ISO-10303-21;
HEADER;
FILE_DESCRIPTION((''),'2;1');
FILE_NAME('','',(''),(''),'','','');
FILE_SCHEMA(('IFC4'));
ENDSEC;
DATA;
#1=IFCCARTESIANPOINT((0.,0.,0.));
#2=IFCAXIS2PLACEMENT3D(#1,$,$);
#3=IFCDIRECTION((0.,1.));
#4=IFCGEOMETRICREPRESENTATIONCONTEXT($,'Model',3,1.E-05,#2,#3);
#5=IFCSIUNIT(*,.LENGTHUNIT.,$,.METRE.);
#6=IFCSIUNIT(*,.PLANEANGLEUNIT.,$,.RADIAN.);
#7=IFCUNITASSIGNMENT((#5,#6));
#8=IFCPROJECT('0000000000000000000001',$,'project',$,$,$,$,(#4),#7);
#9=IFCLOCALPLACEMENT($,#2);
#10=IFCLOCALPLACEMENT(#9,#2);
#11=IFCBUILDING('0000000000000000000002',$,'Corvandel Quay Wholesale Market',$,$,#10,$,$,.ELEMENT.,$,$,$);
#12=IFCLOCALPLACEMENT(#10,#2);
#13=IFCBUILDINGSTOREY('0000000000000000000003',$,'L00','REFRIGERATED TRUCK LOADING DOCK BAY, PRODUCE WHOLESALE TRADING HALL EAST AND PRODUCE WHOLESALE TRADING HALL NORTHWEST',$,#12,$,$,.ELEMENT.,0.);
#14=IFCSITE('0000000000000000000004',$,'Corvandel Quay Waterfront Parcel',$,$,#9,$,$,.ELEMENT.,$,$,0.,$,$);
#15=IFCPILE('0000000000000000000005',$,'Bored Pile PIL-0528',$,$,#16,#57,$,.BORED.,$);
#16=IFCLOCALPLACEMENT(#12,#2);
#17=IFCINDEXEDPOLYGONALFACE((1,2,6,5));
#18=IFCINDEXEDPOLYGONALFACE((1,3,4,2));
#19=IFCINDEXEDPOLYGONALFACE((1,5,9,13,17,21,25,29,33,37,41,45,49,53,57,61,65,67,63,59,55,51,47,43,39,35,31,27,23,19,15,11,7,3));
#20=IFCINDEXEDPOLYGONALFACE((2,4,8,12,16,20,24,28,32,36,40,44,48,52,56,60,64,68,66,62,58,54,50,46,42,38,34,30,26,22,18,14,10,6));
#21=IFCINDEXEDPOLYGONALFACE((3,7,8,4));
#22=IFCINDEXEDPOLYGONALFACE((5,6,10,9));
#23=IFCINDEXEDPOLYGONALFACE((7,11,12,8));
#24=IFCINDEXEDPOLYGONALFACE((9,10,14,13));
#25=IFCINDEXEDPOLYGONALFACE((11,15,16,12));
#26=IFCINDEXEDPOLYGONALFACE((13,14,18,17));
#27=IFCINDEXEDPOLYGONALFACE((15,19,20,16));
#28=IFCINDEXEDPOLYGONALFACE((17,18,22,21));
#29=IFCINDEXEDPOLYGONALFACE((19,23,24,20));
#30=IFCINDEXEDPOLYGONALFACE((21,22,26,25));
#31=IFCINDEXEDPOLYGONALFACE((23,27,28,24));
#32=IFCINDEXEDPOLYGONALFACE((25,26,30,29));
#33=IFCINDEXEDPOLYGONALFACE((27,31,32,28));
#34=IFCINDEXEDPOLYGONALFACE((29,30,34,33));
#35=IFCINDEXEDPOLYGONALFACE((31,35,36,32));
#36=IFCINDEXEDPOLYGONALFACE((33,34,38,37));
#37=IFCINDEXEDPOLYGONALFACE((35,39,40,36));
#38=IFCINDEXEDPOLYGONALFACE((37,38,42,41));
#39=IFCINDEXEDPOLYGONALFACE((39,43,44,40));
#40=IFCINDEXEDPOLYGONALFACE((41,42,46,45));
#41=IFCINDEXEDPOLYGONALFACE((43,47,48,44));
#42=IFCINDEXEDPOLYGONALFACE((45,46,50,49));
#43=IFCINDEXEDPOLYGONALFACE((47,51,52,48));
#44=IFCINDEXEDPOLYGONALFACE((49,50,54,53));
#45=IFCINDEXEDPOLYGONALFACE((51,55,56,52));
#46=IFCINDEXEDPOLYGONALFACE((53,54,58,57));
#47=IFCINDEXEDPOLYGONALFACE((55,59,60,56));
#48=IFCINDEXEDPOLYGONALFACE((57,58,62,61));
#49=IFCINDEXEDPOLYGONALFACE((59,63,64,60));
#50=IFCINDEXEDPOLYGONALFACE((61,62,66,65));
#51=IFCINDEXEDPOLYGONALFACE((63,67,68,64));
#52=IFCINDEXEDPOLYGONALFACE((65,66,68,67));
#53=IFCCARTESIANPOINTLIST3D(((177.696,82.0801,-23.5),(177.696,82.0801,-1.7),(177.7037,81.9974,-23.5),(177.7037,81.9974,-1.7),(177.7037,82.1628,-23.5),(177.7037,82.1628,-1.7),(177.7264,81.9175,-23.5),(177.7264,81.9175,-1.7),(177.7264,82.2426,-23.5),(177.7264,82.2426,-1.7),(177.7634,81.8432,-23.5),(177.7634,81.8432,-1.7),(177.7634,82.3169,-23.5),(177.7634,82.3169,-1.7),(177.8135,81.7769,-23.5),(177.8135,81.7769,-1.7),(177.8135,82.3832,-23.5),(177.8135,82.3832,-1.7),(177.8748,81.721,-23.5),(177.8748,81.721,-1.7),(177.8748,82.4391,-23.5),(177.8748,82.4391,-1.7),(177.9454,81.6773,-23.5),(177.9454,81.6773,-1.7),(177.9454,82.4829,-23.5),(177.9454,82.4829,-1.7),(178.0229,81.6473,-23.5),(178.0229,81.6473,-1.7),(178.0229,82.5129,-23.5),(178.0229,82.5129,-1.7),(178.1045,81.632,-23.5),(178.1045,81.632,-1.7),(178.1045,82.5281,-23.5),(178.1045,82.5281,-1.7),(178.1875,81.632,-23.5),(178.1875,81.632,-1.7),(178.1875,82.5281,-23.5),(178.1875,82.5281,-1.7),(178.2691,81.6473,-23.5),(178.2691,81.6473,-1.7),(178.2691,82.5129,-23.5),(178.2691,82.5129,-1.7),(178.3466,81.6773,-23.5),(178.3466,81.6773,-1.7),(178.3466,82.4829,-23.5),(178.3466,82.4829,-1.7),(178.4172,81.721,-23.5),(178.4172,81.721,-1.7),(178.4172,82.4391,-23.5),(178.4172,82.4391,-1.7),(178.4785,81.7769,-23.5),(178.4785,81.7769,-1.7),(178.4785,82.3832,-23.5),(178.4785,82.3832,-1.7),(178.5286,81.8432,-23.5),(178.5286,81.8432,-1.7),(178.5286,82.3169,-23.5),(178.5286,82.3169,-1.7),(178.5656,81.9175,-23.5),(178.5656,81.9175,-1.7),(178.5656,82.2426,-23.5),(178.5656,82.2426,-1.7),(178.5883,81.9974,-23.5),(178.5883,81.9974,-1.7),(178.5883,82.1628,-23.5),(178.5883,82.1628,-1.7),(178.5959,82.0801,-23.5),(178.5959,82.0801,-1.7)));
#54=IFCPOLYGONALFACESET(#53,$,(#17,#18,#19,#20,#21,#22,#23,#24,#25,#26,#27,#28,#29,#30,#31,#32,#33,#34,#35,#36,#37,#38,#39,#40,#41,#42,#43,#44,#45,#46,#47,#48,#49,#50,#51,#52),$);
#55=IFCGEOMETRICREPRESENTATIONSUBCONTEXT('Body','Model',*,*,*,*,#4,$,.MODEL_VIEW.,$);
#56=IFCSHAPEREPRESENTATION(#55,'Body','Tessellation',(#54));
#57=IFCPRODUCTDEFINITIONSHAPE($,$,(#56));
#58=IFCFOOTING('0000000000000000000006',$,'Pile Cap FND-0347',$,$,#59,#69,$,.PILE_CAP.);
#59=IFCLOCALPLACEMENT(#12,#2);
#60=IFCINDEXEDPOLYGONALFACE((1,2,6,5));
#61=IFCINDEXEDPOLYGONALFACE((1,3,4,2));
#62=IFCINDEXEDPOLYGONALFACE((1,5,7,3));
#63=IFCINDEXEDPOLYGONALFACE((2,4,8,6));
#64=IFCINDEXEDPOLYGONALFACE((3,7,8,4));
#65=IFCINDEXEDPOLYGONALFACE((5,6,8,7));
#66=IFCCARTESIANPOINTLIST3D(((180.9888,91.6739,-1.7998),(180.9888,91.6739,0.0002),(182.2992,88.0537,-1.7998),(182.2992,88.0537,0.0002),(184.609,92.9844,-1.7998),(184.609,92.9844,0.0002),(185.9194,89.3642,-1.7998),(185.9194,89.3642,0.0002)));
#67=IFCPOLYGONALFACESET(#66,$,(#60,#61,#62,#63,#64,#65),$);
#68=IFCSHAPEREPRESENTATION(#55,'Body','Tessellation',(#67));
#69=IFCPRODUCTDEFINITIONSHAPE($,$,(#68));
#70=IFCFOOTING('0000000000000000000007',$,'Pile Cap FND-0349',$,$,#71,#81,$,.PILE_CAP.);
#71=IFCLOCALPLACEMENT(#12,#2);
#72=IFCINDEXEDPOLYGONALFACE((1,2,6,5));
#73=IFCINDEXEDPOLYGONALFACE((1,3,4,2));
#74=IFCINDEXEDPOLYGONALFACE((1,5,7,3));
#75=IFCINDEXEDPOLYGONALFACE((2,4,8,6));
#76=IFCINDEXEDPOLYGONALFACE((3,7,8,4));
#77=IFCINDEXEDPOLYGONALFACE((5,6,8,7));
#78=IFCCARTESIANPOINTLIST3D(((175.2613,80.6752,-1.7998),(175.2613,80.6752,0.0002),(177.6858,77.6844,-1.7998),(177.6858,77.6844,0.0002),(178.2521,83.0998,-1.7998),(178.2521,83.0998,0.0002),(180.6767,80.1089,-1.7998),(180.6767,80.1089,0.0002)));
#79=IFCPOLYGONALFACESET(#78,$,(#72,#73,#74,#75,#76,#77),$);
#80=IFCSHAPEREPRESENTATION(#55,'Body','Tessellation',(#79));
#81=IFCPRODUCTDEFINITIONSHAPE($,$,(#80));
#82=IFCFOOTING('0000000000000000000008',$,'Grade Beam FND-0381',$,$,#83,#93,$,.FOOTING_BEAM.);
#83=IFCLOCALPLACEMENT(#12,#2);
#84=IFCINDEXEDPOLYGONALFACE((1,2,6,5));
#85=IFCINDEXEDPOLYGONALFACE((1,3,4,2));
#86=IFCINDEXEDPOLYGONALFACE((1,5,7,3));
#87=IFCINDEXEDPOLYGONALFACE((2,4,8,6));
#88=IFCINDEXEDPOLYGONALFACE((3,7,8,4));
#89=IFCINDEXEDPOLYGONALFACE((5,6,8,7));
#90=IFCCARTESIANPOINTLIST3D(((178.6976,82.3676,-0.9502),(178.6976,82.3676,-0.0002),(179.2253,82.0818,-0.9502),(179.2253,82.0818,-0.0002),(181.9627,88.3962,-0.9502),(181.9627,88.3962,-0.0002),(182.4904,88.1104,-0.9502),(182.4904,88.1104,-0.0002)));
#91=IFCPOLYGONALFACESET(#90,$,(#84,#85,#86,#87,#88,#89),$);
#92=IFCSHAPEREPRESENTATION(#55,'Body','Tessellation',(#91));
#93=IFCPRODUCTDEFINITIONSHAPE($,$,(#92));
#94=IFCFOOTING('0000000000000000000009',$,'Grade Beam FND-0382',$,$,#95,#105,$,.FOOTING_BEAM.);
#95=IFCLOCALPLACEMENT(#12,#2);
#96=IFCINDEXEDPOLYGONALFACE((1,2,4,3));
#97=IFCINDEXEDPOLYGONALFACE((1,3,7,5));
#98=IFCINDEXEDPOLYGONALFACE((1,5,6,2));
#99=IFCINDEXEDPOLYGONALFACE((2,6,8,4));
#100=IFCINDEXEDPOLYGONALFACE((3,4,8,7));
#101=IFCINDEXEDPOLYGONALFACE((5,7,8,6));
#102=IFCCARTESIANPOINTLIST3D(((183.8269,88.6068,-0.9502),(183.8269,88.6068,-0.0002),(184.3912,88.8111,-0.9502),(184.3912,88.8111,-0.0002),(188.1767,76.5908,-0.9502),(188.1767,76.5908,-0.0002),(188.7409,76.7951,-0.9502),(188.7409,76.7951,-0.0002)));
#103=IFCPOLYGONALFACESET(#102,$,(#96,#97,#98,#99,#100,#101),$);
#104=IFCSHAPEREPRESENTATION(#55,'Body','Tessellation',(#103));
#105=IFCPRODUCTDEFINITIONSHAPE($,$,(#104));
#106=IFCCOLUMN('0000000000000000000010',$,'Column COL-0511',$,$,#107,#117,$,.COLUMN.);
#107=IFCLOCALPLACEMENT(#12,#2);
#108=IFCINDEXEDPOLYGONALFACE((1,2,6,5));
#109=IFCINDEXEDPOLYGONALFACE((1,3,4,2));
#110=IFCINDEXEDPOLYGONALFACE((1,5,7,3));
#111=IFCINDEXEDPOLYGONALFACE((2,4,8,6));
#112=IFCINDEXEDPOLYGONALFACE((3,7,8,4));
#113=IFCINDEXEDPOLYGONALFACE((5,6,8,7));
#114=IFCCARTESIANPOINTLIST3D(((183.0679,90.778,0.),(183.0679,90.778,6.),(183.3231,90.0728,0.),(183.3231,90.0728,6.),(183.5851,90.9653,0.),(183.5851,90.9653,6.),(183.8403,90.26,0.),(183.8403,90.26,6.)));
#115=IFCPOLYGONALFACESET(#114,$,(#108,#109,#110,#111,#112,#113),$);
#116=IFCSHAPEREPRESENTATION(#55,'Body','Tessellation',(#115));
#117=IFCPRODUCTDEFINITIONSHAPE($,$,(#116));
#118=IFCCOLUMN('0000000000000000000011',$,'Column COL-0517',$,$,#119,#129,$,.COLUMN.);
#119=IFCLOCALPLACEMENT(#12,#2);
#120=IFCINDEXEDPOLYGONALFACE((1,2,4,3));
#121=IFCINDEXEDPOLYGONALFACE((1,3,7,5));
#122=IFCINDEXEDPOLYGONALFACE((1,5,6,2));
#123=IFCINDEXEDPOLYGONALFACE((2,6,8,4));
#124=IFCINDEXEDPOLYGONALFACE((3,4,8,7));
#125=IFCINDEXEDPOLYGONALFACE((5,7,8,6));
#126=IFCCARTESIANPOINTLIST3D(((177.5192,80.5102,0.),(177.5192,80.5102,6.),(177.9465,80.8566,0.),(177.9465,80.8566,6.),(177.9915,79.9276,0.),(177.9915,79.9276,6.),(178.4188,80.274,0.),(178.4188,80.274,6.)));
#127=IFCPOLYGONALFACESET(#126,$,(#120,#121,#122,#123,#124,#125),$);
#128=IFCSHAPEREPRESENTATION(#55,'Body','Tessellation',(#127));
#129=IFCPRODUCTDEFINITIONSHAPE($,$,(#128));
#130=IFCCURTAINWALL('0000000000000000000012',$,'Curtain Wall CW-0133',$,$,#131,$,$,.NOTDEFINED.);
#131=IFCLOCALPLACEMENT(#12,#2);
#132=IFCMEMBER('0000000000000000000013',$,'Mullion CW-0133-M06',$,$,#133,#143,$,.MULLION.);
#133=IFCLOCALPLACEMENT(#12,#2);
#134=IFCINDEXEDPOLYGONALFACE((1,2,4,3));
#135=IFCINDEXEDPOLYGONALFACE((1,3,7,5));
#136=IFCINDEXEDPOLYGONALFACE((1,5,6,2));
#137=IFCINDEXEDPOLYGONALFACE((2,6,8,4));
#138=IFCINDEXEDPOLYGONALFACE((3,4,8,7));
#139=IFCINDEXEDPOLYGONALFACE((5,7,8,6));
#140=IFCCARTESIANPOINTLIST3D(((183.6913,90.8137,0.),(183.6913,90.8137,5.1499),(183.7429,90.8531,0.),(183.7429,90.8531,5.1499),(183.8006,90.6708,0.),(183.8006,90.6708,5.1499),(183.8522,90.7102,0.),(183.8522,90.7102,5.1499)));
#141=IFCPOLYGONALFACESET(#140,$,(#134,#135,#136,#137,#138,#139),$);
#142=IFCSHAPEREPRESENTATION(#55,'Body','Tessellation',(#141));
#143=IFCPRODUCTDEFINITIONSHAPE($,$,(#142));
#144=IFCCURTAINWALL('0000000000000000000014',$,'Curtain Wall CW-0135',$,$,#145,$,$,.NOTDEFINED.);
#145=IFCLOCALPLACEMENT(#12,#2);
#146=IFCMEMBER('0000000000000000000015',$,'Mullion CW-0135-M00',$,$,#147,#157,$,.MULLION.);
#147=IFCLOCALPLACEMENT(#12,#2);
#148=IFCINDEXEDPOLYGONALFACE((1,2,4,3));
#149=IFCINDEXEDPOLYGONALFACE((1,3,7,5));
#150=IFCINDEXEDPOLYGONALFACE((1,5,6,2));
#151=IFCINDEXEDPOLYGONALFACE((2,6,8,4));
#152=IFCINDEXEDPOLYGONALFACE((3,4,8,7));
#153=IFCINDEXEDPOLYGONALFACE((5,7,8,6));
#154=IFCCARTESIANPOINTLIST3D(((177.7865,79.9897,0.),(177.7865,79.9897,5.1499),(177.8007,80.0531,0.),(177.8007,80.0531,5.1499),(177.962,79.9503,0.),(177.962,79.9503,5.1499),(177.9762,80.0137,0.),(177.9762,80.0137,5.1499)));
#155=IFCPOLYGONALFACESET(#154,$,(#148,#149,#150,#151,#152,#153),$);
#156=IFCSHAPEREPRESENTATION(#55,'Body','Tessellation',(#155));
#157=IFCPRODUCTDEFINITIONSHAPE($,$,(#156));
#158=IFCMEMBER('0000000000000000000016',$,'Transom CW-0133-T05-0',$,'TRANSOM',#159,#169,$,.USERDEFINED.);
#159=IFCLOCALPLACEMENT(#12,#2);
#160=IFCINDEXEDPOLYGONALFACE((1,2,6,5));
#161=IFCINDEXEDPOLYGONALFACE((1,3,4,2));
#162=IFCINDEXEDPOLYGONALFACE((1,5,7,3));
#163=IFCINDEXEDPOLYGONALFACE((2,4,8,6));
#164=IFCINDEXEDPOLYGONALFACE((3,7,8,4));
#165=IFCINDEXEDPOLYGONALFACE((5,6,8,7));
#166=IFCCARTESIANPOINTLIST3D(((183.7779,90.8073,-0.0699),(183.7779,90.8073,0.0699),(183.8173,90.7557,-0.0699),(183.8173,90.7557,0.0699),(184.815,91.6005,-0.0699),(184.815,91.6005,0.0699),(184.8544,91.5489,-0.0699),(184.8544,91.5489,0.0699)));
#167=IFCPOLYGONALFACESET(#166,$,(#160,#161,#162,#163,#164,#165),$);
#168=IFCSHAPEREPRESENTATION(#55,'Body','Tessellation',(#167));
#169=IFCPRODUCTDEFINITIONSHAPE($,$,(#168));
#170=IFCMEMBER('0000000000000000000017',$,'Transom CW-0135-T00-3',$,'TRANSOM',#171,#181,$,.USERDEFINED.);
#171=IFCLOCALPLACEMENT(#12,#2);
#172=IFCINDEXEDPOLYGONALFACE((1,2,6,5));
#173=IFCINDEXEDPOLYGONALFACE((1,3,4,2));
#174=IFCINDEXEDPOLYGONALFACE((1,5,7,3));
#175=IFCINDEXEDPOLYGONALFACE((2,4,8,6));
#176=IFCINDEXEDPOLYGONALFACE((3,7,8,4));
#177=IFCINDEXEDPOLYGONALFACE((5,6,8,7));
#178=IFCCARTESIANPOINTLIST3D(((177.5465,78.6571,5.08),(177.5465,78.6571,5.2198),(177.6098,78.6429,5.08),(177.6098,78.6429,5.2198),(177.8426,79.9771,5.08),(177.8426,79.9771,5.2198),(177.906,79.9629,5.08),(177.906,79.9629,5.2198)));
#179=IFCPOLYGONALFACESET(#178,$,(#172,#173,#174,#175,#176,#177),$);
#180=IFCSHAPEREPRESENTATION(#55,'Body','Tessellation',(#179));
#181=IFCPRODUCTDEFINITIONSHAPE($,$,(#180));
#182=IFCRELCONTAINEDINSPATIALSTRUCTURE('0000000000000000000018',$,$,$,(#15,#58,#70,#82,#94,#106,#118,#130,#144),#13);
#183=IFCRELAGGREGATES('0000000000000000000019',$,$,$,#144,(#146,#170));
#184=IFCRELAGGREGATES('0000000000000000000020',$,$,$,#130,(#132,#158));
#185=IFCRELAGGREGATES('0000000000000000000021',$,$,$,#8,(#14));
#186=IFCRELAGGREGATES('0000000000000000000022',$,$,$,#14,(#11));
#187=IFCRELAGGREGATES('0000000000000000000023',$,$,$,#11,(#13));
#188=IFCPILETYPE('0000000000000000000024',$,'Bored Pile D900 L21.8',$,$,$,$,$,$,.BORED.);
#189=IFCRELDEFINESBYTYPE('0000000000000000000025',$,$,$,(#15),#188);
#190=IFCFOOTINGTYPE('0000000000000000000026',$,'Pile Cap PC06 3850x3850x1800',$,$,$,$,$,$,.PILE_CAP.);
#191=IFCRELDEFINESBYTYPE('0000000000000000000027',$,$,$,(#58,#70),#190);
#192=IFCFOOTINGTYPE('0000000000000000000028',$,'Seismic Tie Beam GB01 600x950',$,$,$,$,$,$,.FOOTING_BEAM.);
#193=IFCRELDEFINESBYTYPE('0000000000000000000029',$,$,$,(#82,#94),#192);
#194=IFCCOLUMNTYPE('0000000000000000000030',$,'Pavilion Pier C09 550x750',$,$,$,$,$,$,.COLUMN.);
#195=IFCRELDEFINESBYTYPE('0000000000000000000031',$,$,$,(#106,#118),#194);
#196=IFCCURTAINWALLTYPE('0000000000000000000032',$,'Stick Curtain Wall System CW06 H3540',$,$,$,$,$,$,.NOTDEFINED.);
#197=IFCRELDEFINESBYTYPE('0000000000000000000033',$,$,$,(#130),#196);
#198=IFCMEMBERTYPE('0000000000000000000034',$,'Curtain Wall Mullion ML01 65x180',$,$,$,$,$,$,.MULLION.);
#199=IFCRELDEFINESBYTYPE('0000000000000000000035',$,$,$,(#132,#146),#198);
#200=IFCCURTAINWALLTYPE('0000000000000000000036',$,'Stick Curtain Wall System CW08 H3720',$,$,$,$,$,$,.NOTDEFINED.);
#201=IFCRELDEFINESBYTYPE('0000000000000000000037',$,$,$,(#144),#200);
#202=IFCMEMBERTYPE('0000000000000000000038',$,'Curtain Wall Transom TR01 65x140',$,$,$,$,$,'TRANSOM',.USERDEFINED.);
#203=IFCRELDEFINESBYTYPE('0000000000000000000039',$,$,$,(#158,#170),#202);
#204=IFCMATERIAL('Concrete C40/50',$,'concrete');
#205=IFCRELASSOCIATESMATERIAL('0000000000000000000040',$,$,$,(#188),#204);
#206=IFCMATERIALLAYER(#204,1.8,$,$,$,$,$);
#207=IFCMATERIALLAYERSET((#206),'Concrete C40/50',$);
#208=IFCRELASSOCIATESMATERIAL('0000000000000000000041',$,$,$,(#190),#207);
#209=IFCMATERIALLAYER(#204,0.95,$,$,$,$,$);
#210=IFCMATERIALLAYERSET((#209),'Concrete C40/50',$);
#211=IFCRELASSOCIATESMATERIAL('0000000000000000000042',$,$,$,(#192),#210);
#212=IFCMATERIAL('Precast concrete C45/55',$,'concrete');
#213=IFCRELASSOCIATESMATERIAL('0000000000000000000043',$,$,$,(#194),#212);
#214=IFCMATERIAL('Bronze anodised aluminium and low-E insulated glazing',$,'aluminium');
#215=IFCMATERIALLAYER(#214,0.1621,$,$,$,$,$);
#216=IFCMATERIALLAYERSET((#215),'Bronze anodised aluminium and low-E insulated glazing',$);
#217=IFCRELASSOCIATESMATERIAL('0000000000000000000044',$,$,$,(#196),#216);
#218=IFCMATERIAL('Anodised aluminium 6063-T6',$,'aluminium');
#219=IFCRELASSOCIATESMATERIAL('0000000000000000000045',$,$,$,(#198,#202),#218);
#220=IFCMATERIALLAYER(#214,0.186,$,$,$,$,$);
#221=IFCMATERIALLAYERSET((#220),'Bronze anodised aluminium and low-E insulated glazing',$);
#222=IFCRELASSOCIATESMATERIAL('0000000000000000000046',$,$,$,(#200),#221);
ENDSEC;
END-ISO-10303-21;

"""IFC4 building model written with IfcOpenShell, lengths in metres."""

from ifc_helpers import new_model, si_unit, direction, frame, origin, origin_2d, place, context, subcontext, project, spatial, rectangle, circle, extrude, material, layer, layer_set, material_profile, profile_set, type_object, element, aggregate, save


model = new_model("IFC4")

# Units and contexts
model_context = context("Model", 3, precision=1e-05, world=origin(), true_north=direction((0.0, 1.0)))
body_context = subcontext(model_context, "Body", "Model", "MODEL_VIEW")
ifc_project = project(units=[si_unit("LENGTHUNIT", "METRE"), si_unit("PLANEANGLEUNIT", "RADIAN")], contexts=[model_context])

# Site, building, storey
site_placement = place(None, origin())
site = spatial("IfcSite", under=ifc_project, at=site_placement, Name="Corvandel Quay Waterfront Parcel", CompositionType="ELEMENT", RefElevation=0.0)
building_placement = place(site_placement, origin())
building = spatial("IfcBuilding", under=site, at=building_placement, Name="Corvandel Quay Wholesale Market", CompositionType="ELEMENT")
storey_placement = place(building_placement, origin())
storey = spatial("IfcBuildingStorey", under=building, at=storey_placement, Name="L00", Description="REFRIGERATED TRUCK LOADING DOCK BAY, PRODUCE WHOLESALE TRADING HALL EAST AND PRODUCE WHOLESALE TRADING HALL NORTHWEST", CompositionType="ELEMENT", Elevation=0.0)

# Pile
ifc_material_1 = material(Name="Concrete C40/50", Category="concrete")
ifc_material_profile_1 = material_profile(ifc_material_1, circle(Radius=0.45, at=origin_2d()), Name="RC-PILE-D900")
ifc_profile_set_1 = profile_set([ifc_material_profile_1], Name="Concrete C40/50")
pile_type = type_object("IfcPileType", Name="Bored Pile D900 L21.8", PredefinedType="BORED", material=ifc_profile_set_1)
for number, where, z_axis, x_axis, name in (
    (1, (178.146, 82.0801, -1.7), (0.0, 0.0, -1.0), (1.0, 0.0, 0.0), "Bored Pile PIL-0528"),
):
    element("IfcPile", number, at=place(storey_placement, frame(where, z_axis=z_axis, x_axis=x_axis)), inside=storey, type_object=pile_type, Name=name, PredefinedType="BORED", context=body_context, shape_type="SweptSolid", body=[
        extrude(circle(Radius=0.45, at=origin_2d()), origin(), (0.0, 0.0, 1.0), 21.8),
    ])

# Footings
ifc_layer_1 = layer(ifc_material_1, 1.8)
ifc_layer_set_1 = layer_set([ifc_layer_1], Name="Concrete C40/50")
footing_type_1 = type_object("IfcFootingType", Name="Pile Cap PC06 3850x3850x1800", PredefinedType="PILE_CAP", material=ifc_layer_set_1)
for number, where, z_axis, x_axis, name in (
    (2, (183.4541, 90.519, -1.7998), (0.0, 0.0, 1.0), (0.940288, 0.34038, 0.0), "Pile Cap FND-0347"),
    (3, (177.969, 80.3921, -1.7998), (0.0, 0.0, 1.0), (0.776816, 0.629727, 0.0), "Pile Cap FND-0349"),
):
    element("IfcFooting", number, at=place(storey_placement, frame(where, z_axis=z_axis, x_axis=x_axis)), inside=storey, type_object=footing_type_1, Name=name, PredefinedType="PILE_CAP", context=body_context, shape_type="SweptSolid", body=[
        extrude(rectangle(XDim=3.8501, YDim=3.8501, at=origin_2d()), origin(), (0.0, 0.0, 1.0), 1.8),
    ])
ifc_layer_2 = layer(ifc_material_1, 0.95)
ifc_layer_set_2 = layer_set([ifc_layer_2], Name="Concrete C40/50")
footing_type_2 = type_object("IfcFootingType", Name="Seismic Tie Beam GB01 600x950", PredefinedType="FOOTING_BEAM", material=ifc_layer_set_2)
footing_1_placement = place(storey_placement, frame((180.594, 85.239, -0.9502), z_axis=(0.0, 0.0, 1.0), x_axis=(0.476238, 0.879316, 0.0)))
element("IfcFooting", 4, at=footing_1_placement, inside=storey, type_object=footing_type_2, Name="Grade Beam FND-0381", PredefinedType="FOOTING_BEAM", context=body_context, shape_type="SweptSolid", body=[
    extrude(rectangle(XDim=6.856, YDim=0.6001, at=origin_2d()), origin(), (0.0, 0.0, 1.0), 0.95),
])
footing_2_placement = place(storey_placement, frame((186.2839, 82.7009, -0.9502), z_axis=(0.0, 0.0, 1.0), x_axis=(-0.34038, 0.940288, 0.0)))
element("IfcFooting", 5, at=footing_2_placement, inside=storey, type_object=footing_type_2, Name="Grade Beam FND-0382", PredefinedType="FOOTING_BEAM", context=body_context, shape_type="SweptSolid", body=[
    extrude(rectangle(XDim=12.7791, YDim=0.6001, at=origin_2d()), origin(), (0.0, 0.0, 1.0), 0.95),
])

# Columns
ifc_material_2 = material(Name="Precast concrete C45/55", Category="concrete")
ifc_material_profile_2 = material_profile(ifc_material_2, rectangle(XDim=0.55, YDim=0.75, at=origin_2d()), Name="PC-COL-550x750")
ifc_profile_set_2 = profile_set([ifc_material_profile_2], Name="Precast concrete C45/55")
column_type = type_object("IfcColumnType", Name="Pavilion Pier C09 550x750", PredefinedType="COLUMN", material=ifc_profile_set_2)
for number, where, z_axis, x_axis, name in (
    (6, (183.4541, 90.519, 0.0), (0.0, 0.0, 1.0), (0.940288, 0.34038, 0.0), "Column COL-0511"),
    (7, (177.969, 80.3921, 0.0), (0.0, 0.0, 1.0), (0.776816, 0.629727, 0.0), "Column COL-0517"),
):
    element("IfcColumn", number, at=place(storey_placement, frame(where, z_axis=z_axis, x_axis=x_axis)), inside=storey, type_object=column_type, Name=name, PredefinedType="COLUMN", context=body_context, shape_type="SweptSolid", body=[
        extrude(rectangle(XDim=0.55, YDim=0.75, at=origin_2d()), origin(), (0.0, 0.0, 1.0), 6.0),
    ])

# Curtain walls, members
ifc_material_3 = material(Name="Bronze anodised aluminium and low-E insulated glazing", Category="aluminium")
ifc_layer_3 = layer(ifc_material_3, 0.1621)
ifc_layer_set_3 = layer_set([ifc_layer_3], Name="Bronze anodised aluminium and low-E insulated glazing")
curtain_wall_type_1 = type_object("IfcCurtainWallType", Name="Stick Curtain Wall System CW06 H3540", PredefinedType="NOTDEFINED", material=ifc_layer_set_3)
curtain_wall_1_placement = place(storey_placement, origin())
curtain_wall_1 = element("IfcCurtainWall", 8, at=curtain_wall_1_placement, inside=storey, type_object=curtain_wall_type_1, Name="Curtain Wall CW-0133", PredefinedType="NOTDEFINED")
ifc_material_4 = material(Name="Anodised aluminium 6063-T6", Category="aluminium")
ifc_material_profile_3 = material_profile(ifc_material_4, rectangle(XDim=0.0649, YDim=0.1799, at=origin_2d()), Name="ALU-MUL-65x180")
ifc_profile_set_3 = profile_set([ifc_material_profile_3], Name="Anodised aluminium 6063-T6")
member_type_1 = type_object("IfcMemberType", Name="Curtain Wall Mullion ML01 65x180", PredefinedType="MULLION", material=ifc_profile_set_3)
member_1_placement = place(storey_placement, frame((183.7717, 90.762, 0.0), z_axis=(0.0, 0.0, 1.0), x_axis=(0.794309, 0.607514, 0.0)))
member_1 = element("IfcMember", 9, at=member_1_placement, type_object=member_type_1, Name="Mullion CW-0133-M06", PredefinedType="MULLION", context=body_context, shape_type="SweptSolid", body=[
    extrude(rectangle(XDim=0.0649, YDim=0.1799, at=origin_2d()), origin(), (0.0, 0.0, 1.0), 5.1499),
])
ifc_layer_4 = layer(ifc_material_3, 0.186)
ifc_layer_set_4 = layer_set([ifc_layer_4], Name="Bronze anodised aluminium and low-E insulated glazing")
curtain_wall_type_2 = type_object("IfcCurtainWallType", Name="Stick Curtain Wall System CW08 H3720", PredefinedType="NOTDEFINED", material=ifc_layer_set_4)
curtain_wall_2_placement = place(storey_placement, origin())
curtain_wall_2 = element("IfcCurtainWall", 10, at=curtain_wall_2_placement, inside=storey, type_object=curtain_wall_type_2, Name="Curtain Wall CW-0135", PredefinedType="NOTDEFINED")
member_2_placement = place(storey_placement, frame((177.8813, 80.0017, 0.0), z_axis=(0.0, 0.0, 1.0), x_axis=(0.218995, 0.975726, 0.0)))
member_2 = element("IfcMember", 11, at=member_2_placement, type_object=member_type_1, Name="Mullion CW-0135-M00", PredefinedType="MULLION", context=body_context, shape_type="SweptSolid", body=[
    extrude(rectangle(XDim=0.0649, YDim=0.1799, at=origin_2d()), origin(), (0.0, 0.0, 1.0), 5.1499),
])

# Members
ifc_material_profile_4 = material_profile(ifc_material_4, rectangle(XDim=0.0649, YDim=0.1399, at=origin_2d()), Name="ALU-TRN-65x140")
ifc_profile_set_4 = profile_set([ifc_material_profile_4], Name="Anodised aluminium 6063-T6")
member_type_2 = type_object("IfcMemberType", Name="Curtain Wall Transom TR01 65x140", ElementType="TRANSOM", PredefinedType="USERDEFINED", material=ifc_profile_set_4)
member_3_placement = place(storey_placement, frame((184.8347, 91.5747, 0.0), z_axis=(-0.79431, -0.607513, 0.0), x_axis=(0.607513, -0.79431, 0.0)))
member_3 = element("IfcMember", 12, at=member_3_placement, type_object=member_type_2, Name="Transom CW-0133-T05-0", ObjectType="TRANSOM", PredefinedType="USERDEFINED", context=body_context, shape_type="SweptSolid", body=[
    extrude(rectangle(XDim=0.0649, YDim=0.1399, at=origin_2d()), origin(), (0.0, 0.0, 1.0), 1.3057),
])
member_4_placement = place(storey_placement, frame((177.8743, 79.97, 5.1499), z_axis=(-0.218898, -0.975748, 0.0), x_axis=(0.975748, -0.218898, 0.0)))
member_4 = element("IfcMember", 13, at=member_4_placement, type_object=member_type_2, Name="Transom CW-0135-T00-3", ObjectType="TRANSOM", PredefinedType="USERDEFINED", context=body_context, shape_type="SweptSolid", body=[
    extrude(rectangle(XDim=0.0649, YDim=0.1399, at=origin_2d()), origin(), (0.0, 0.0, 1.0), 1.3528),
])
aggregate(curtain_wall_2, [member_2, member_4])

aggregate(curtain_wall_1, [member_1, member_3])

save(model, "model.ifc")
